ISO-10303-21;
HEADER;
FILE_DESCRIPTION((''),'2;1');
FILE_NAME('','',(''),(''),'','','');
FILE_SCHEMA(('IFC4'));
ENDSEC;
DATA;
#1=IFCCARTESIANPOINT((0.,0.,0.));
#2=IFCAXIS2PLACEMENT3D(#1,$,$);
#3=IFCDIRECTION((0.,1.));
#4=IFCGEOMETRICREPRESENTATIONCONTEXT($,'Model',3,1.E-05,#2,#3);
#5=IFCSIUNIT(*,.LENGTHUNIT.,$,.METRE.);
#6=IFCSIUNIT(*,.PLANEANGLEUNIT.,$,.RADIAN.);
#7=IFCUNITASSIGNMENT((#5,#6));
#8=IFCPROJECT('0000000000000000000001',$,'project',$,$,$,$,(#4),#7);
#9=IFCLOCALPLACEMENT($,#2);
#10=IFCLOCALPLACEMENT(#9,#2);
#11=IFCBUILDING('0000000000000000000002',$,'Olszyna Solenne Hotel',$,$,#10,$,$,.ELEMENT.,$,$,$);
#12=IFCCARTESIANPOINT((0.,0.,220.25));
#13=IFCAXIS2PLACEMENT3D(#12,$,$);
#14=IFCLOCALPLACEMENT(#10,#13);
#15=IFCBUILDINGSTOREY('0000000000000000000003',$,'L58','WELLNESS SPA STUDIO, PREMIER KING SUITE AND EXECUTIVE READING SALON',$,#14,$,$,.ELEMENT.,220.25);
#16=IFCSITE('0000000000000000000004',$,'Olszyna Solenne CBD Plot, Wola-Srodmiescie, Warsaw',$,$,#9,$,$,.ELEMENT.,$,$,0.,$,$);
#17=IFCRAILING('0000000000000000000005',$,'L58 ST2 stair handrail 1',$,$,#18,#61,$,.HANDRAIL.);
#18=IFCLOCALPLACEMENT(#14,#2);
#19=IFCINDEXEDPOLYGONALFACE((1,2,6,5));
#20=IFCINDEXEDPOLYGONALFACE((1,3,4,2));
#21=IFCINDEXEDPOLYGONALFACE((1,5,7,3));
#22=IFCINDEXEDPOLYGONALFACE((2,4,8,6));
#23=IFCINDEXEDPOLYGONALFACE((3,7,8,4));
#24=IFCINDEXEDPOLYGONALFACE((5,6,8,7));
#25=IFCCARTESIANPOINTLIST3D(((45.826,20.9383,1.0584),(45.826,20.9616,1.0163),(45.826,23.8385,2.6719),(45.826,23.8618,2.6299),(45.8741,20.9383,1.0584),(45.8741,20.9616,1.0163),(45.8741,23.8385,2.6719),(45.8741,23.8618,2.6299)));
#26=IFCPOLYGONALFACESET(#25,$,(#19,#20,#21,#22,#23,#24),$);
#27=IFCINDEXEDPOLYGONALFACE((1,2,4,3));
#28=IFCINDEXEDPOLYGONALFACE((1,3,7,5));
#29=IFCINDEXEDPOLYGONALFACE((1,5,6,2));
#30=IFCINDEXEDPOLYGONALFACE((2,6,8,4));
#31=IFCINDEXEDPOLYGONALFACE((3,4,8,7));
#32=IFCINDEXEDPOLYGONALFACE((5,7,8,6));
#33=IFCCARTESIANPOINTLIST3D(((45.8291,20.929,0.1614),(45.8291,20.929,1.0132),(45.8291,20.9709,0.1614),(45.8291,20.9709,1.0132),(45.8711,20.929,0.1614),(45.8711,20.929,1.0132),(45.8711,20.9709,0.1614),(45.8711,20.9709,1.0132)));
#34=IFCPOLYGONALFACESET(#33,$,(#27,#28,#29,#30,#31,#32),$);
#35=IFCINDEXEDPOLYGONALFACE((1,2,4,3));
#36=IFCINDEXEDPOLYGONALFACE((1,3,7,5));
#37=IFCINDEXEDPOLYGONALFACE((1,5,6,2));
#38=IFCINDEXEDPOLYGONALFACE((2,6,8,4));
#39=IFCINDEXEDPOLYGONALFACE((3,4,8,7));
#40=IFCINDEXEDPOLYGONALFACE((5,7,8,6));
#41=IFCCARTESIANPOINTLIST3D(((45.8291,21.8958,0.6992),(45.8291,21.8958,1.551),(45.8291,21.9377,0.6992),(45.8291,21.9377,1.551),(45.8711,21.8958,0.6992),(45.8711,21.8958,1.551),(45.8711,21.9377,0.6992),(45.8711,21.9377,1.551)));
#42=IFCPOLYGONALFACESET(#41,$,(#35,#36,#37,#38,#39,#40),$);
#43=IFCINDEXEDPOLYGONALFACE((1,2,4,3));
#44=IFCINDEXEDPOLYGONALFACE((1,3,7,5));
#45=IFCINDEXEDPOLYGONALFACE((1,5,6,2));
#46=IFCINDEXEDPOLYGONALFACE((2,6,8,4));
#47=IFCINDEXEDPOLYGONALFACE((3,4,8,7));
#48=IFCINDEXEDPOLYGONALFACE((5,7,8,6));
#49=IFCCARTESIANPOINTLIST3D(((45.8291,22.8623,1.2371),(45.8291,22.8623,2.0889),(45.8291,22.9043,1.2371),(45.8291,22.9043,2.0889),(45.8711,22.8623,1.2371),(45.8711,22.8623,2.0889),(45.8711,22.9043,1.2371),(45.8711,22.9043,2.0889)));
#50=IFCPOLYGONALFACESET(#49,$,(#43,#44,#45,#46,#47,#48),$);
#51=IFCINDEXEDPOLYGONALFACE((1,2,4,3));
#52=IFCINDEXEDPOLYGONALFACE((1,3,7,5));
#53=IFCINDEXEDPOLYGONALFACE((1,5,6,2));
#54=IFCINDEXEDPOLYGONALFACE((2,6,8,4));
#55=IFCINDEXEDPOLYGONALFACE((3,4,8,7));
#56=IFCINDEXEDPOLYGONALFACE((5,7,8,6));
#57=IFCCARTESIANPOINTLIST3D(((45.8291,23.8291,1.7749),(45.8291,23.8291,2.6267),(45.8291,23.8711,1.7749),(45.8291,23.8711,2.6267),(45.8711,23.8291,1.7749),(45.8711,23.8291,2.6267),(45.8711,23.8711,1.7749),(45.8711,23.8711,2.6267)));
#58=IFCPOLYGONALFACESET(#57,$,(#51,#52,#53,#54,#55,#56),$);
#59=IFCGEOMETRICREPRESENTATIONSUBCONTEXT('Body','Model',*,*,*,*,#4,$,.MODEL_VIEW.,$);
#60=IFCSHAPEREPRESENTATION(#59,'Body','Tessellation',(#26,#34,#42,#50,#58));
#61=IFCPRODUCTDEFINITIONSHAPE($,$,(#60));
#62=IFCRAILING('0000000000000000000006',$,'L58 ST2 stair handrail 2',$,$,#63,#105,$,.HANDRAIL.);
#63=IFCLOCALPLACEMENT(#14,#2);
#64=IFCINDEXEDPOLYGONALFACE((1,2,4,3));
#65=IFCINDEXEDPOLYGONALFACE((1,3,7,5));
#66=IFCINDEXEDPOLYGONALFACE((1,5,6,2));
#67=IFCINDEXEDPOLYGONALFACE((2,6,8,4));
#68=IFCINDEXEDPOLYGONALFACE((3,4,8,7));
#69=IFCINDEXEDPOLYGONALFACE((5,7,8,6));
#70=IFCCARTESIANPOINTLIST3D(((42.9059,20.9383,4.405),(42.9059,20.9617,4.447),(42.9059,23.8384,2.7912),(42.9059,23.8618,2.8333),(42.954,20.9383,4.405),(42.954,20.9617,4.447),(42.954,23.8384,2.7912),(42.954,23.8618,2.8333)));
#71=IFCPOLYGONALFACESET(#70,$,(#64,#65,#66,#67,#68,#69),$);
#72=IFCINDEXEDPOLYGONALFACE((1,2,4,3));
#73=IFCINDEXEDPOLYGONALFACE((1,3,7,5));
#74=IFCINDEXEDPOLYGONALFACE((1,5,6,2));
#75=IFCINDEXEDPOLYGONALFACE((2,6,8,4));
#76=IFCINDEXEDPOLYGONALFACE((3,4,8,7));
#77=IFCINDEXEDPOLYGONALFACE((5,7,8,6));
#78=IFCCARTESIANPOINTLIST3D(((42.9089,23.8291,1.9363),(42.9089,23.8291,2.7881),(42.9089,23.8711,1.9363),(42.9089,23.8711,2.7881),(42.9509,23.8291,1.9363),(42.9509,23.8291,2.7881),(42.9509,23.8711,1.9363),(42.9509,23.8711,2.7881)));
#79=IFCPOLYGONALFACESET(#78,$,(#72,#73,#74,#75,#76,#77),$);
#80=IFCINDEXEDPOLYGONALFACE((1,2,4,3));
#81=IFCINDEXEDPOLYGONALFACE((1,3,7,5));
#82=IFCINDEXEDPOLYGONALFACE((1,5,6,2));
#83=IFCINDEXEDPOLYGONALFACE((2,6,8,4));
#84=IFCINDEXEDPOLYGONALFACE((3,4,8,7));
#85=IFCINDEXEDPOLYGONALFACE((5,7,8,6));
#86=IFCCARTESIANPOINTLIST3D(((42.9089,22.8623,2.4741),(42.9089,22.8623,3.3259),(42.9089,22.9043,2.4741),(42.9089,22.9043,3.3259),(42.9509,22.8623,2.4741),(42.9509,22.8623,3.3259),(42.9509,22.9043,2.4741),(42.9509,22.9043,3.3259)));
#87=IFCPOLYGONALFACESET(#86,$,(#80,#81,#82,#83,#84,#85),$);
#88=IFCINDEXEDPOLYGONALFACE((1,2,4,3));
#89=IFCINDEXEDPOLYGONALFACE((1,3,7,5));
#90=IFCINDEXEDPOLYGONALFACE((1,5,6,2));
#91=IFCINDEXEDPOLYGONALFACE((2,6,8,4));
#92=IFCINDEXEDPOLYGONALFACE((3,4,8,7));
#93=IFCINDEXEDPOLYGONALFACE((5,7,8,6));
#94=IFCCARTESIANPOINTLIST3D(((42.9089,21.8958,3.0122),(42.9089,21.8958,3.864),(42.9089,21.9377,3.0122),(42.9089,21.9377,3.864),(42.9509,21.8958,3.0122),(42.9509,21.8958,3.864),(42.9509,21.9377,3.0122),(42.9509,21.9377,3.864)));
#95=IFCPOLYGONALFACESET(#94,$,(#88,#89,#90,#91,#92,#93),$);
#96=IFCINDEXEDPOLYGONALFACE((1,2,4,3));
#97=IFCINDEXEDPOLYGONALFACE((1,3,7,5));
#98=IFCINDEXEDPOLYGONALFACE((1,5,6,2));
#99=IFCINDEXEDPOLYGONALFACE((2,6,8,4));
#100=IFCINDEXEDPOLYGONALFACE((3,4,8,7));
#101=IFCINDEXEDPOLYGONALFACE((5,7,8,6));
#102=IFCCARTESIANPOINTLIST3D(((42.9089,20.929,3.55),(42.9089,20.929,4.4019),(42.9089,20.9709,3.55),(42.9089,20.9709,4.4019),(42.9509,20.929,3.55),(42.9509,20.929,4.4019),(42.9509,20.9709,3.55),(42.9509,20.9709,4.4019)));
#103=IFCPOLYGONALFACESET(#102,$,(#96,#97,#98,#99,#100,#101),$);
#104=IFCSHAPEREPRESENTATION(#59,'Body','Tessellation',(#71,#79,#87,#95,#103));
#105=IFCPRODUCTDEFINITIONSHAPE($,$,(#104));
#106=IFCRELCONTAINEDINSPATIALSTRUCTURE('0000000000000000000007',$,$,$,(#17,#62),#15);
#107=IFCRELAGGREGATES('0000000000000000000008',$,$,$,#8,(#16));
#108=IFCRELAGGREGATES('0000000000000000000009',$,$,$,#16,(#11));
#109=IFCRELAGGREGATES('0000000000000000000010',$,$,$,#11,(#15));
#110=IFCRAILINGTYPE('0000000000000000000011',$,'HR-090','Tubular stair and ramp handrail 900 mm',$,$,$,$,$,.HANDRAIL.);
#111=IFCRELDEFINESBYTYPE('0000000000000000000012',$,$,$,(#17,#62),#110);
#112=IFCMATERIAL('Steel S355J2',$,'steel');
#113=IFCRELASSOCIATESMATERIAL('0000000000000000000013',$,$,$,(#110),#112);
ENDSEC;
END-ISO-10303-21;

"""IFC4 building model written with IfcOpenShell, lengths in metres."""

from ifc_helpers import new_model, si_unit, direction, frame, origin, origin_2d, place, context, subcontext, project, spatial, rectangle, extrude, material, type_object, element, save


model = new_model("IFC4")

# Units and contexts
model_context = context("Model", 3, precision=1e-05, world=origin(), true_north=direction((0.0, 1.0)))
body_context = subcontext(model_context, "Body", "Model", "MODEL_VIEW")
ifc_project = project(units=[si_unit("LENGTHUNIT", "METRE"), si_unit("PLANEANGLEUNIT", "RADIAN")], contexts=[model_context])

# Site, building, storey
site_placement = place(None, origin())
site = spatial("IfcSite", under=ifc_project, at=site_placement, Name="Olszyna Solenne CBD Plot, Wola-Srodmiescie, Warsaw", CompositionType="ELEMENT", RefElevation=0.0)
building_placement = place(site_placement, origin())
building = spatial("IfcBuilding", under=site, at=building_placement, Name="Olszyna Solenne Hotel", CompositionType="ELEMENT")
storey_placement = place(building_placement, frame((0.0, 0.0, 220.25)))
storey = spatial("IfcBuildingStorey", under=building, at=storey_placement, Name="L58", Description="WELLNESS SPA STUDIO, PREMIER KING SUITE AND EXECUTIVE READING SALON", CompositionType="ELEMENT", Elevation=220.25)

# Shared definitions
ifc_material_1 = material(Name="Steel S355J2", Category="steel")

# Railings
railing_type_1 = type_object("IfcRailingType", Name="HR-090", Description="Tubular stair and ramp handrail 900 mm", PredefinedType="HANDRAIL", material=ifc_material_1)
railing_1_placement = place(storey_placement, frame((45.8501, 20.95, 0.1614)))
element("IfcRailing", 1, at=railing_1_placement, inside=storey, type_object=railing_type_1, Name="L58 ST2 stair handrail 1", PredefinedType="HANDRAIL", context=body_context, shape_type="SweptSolid", body=[
    extrude(rectangle(XDim=0.0481, YDim=0.0481, at=origin_2d()), frame((0.0, 0.0, 0.876), z_axis=(0.0, 0.873859, 0.48618), x_axis=(-1.0, 0.0, 0.0)), (0.0, 0.0, 1.0), 3.3188),
    extrude(rectangle(XDim=0.042, YDim=0.042, at=origin_2d()), origin(), (0.0, 0.0, 1.0), 0.8518),
    extrude(rectangle(XDim=0.042, YDim=0.042, at=origin_2d()), frame((0.0, 0.9668, 0.5378)), (0.0, 0.0, 1.0), 0.8518),
    extrude(rectangle(XDim=0.042, YDim=0.042, at=origin_2d()), frame((0.0, 1.9333, 1.0757)), (0.0, 0.0, 1.0), 0.8518),
    extrude(rectangle(XDim=0.042, YDim=0.042, at=origin_2d()), frame((0.0, 2.9001, 1.6135)), (0.0, 0.0, 1.0), 0.8518),
])
railing_2_placement = place(storey_placement, frame((42.9299, 23.8501, 1.9363)))
element("IfcRailing", 2, at=railing_2_placement, inside=storey, type_object=railing_type_1, Name="L58 ST2 stair handrail 2", PredefinedType="HANDRAIL", context=body_context, shape_type="SweptSolid", body=[
    extrude(rectangle(XDim=0.0481, YDim=0.0481, at=origin_2d()), frame((0.0, 0.0, 0.876), z_axis=(0.0, -0.873827, 0.486236), x_axis=(1.0, 0.0, 0.0)), (0.0, 0.0, 1.0), 3.3188),
    extrude(rectangle(XDim=0.042, YDim=0.042, at=origin_2d()), origin(), (0.0, 0.0, 1.0), 0.8518),
    extrude(rectangle(XDim=0.042, YDim=0.042, at=origin_2d()), frame((0.0, -0.9668, 0.5378)), (0.0, 0.0, 1.0), 0.8518),
    extrude(rectangle(XDim=0.042, YDim=0.042, at=origin_2d()), frame((0.0, -1.9333, 1.0759)), (0.0, 0.0, 1.0), 0.8518),
    extrude(rectangle(XDim=0.042, YDim=0.042, at=origin_2d()), frame((0.0, -2.9001, 1.6138)), (0.0, 0.0, 1.0), 0.8518),
])

save(model, "model.ifc")
